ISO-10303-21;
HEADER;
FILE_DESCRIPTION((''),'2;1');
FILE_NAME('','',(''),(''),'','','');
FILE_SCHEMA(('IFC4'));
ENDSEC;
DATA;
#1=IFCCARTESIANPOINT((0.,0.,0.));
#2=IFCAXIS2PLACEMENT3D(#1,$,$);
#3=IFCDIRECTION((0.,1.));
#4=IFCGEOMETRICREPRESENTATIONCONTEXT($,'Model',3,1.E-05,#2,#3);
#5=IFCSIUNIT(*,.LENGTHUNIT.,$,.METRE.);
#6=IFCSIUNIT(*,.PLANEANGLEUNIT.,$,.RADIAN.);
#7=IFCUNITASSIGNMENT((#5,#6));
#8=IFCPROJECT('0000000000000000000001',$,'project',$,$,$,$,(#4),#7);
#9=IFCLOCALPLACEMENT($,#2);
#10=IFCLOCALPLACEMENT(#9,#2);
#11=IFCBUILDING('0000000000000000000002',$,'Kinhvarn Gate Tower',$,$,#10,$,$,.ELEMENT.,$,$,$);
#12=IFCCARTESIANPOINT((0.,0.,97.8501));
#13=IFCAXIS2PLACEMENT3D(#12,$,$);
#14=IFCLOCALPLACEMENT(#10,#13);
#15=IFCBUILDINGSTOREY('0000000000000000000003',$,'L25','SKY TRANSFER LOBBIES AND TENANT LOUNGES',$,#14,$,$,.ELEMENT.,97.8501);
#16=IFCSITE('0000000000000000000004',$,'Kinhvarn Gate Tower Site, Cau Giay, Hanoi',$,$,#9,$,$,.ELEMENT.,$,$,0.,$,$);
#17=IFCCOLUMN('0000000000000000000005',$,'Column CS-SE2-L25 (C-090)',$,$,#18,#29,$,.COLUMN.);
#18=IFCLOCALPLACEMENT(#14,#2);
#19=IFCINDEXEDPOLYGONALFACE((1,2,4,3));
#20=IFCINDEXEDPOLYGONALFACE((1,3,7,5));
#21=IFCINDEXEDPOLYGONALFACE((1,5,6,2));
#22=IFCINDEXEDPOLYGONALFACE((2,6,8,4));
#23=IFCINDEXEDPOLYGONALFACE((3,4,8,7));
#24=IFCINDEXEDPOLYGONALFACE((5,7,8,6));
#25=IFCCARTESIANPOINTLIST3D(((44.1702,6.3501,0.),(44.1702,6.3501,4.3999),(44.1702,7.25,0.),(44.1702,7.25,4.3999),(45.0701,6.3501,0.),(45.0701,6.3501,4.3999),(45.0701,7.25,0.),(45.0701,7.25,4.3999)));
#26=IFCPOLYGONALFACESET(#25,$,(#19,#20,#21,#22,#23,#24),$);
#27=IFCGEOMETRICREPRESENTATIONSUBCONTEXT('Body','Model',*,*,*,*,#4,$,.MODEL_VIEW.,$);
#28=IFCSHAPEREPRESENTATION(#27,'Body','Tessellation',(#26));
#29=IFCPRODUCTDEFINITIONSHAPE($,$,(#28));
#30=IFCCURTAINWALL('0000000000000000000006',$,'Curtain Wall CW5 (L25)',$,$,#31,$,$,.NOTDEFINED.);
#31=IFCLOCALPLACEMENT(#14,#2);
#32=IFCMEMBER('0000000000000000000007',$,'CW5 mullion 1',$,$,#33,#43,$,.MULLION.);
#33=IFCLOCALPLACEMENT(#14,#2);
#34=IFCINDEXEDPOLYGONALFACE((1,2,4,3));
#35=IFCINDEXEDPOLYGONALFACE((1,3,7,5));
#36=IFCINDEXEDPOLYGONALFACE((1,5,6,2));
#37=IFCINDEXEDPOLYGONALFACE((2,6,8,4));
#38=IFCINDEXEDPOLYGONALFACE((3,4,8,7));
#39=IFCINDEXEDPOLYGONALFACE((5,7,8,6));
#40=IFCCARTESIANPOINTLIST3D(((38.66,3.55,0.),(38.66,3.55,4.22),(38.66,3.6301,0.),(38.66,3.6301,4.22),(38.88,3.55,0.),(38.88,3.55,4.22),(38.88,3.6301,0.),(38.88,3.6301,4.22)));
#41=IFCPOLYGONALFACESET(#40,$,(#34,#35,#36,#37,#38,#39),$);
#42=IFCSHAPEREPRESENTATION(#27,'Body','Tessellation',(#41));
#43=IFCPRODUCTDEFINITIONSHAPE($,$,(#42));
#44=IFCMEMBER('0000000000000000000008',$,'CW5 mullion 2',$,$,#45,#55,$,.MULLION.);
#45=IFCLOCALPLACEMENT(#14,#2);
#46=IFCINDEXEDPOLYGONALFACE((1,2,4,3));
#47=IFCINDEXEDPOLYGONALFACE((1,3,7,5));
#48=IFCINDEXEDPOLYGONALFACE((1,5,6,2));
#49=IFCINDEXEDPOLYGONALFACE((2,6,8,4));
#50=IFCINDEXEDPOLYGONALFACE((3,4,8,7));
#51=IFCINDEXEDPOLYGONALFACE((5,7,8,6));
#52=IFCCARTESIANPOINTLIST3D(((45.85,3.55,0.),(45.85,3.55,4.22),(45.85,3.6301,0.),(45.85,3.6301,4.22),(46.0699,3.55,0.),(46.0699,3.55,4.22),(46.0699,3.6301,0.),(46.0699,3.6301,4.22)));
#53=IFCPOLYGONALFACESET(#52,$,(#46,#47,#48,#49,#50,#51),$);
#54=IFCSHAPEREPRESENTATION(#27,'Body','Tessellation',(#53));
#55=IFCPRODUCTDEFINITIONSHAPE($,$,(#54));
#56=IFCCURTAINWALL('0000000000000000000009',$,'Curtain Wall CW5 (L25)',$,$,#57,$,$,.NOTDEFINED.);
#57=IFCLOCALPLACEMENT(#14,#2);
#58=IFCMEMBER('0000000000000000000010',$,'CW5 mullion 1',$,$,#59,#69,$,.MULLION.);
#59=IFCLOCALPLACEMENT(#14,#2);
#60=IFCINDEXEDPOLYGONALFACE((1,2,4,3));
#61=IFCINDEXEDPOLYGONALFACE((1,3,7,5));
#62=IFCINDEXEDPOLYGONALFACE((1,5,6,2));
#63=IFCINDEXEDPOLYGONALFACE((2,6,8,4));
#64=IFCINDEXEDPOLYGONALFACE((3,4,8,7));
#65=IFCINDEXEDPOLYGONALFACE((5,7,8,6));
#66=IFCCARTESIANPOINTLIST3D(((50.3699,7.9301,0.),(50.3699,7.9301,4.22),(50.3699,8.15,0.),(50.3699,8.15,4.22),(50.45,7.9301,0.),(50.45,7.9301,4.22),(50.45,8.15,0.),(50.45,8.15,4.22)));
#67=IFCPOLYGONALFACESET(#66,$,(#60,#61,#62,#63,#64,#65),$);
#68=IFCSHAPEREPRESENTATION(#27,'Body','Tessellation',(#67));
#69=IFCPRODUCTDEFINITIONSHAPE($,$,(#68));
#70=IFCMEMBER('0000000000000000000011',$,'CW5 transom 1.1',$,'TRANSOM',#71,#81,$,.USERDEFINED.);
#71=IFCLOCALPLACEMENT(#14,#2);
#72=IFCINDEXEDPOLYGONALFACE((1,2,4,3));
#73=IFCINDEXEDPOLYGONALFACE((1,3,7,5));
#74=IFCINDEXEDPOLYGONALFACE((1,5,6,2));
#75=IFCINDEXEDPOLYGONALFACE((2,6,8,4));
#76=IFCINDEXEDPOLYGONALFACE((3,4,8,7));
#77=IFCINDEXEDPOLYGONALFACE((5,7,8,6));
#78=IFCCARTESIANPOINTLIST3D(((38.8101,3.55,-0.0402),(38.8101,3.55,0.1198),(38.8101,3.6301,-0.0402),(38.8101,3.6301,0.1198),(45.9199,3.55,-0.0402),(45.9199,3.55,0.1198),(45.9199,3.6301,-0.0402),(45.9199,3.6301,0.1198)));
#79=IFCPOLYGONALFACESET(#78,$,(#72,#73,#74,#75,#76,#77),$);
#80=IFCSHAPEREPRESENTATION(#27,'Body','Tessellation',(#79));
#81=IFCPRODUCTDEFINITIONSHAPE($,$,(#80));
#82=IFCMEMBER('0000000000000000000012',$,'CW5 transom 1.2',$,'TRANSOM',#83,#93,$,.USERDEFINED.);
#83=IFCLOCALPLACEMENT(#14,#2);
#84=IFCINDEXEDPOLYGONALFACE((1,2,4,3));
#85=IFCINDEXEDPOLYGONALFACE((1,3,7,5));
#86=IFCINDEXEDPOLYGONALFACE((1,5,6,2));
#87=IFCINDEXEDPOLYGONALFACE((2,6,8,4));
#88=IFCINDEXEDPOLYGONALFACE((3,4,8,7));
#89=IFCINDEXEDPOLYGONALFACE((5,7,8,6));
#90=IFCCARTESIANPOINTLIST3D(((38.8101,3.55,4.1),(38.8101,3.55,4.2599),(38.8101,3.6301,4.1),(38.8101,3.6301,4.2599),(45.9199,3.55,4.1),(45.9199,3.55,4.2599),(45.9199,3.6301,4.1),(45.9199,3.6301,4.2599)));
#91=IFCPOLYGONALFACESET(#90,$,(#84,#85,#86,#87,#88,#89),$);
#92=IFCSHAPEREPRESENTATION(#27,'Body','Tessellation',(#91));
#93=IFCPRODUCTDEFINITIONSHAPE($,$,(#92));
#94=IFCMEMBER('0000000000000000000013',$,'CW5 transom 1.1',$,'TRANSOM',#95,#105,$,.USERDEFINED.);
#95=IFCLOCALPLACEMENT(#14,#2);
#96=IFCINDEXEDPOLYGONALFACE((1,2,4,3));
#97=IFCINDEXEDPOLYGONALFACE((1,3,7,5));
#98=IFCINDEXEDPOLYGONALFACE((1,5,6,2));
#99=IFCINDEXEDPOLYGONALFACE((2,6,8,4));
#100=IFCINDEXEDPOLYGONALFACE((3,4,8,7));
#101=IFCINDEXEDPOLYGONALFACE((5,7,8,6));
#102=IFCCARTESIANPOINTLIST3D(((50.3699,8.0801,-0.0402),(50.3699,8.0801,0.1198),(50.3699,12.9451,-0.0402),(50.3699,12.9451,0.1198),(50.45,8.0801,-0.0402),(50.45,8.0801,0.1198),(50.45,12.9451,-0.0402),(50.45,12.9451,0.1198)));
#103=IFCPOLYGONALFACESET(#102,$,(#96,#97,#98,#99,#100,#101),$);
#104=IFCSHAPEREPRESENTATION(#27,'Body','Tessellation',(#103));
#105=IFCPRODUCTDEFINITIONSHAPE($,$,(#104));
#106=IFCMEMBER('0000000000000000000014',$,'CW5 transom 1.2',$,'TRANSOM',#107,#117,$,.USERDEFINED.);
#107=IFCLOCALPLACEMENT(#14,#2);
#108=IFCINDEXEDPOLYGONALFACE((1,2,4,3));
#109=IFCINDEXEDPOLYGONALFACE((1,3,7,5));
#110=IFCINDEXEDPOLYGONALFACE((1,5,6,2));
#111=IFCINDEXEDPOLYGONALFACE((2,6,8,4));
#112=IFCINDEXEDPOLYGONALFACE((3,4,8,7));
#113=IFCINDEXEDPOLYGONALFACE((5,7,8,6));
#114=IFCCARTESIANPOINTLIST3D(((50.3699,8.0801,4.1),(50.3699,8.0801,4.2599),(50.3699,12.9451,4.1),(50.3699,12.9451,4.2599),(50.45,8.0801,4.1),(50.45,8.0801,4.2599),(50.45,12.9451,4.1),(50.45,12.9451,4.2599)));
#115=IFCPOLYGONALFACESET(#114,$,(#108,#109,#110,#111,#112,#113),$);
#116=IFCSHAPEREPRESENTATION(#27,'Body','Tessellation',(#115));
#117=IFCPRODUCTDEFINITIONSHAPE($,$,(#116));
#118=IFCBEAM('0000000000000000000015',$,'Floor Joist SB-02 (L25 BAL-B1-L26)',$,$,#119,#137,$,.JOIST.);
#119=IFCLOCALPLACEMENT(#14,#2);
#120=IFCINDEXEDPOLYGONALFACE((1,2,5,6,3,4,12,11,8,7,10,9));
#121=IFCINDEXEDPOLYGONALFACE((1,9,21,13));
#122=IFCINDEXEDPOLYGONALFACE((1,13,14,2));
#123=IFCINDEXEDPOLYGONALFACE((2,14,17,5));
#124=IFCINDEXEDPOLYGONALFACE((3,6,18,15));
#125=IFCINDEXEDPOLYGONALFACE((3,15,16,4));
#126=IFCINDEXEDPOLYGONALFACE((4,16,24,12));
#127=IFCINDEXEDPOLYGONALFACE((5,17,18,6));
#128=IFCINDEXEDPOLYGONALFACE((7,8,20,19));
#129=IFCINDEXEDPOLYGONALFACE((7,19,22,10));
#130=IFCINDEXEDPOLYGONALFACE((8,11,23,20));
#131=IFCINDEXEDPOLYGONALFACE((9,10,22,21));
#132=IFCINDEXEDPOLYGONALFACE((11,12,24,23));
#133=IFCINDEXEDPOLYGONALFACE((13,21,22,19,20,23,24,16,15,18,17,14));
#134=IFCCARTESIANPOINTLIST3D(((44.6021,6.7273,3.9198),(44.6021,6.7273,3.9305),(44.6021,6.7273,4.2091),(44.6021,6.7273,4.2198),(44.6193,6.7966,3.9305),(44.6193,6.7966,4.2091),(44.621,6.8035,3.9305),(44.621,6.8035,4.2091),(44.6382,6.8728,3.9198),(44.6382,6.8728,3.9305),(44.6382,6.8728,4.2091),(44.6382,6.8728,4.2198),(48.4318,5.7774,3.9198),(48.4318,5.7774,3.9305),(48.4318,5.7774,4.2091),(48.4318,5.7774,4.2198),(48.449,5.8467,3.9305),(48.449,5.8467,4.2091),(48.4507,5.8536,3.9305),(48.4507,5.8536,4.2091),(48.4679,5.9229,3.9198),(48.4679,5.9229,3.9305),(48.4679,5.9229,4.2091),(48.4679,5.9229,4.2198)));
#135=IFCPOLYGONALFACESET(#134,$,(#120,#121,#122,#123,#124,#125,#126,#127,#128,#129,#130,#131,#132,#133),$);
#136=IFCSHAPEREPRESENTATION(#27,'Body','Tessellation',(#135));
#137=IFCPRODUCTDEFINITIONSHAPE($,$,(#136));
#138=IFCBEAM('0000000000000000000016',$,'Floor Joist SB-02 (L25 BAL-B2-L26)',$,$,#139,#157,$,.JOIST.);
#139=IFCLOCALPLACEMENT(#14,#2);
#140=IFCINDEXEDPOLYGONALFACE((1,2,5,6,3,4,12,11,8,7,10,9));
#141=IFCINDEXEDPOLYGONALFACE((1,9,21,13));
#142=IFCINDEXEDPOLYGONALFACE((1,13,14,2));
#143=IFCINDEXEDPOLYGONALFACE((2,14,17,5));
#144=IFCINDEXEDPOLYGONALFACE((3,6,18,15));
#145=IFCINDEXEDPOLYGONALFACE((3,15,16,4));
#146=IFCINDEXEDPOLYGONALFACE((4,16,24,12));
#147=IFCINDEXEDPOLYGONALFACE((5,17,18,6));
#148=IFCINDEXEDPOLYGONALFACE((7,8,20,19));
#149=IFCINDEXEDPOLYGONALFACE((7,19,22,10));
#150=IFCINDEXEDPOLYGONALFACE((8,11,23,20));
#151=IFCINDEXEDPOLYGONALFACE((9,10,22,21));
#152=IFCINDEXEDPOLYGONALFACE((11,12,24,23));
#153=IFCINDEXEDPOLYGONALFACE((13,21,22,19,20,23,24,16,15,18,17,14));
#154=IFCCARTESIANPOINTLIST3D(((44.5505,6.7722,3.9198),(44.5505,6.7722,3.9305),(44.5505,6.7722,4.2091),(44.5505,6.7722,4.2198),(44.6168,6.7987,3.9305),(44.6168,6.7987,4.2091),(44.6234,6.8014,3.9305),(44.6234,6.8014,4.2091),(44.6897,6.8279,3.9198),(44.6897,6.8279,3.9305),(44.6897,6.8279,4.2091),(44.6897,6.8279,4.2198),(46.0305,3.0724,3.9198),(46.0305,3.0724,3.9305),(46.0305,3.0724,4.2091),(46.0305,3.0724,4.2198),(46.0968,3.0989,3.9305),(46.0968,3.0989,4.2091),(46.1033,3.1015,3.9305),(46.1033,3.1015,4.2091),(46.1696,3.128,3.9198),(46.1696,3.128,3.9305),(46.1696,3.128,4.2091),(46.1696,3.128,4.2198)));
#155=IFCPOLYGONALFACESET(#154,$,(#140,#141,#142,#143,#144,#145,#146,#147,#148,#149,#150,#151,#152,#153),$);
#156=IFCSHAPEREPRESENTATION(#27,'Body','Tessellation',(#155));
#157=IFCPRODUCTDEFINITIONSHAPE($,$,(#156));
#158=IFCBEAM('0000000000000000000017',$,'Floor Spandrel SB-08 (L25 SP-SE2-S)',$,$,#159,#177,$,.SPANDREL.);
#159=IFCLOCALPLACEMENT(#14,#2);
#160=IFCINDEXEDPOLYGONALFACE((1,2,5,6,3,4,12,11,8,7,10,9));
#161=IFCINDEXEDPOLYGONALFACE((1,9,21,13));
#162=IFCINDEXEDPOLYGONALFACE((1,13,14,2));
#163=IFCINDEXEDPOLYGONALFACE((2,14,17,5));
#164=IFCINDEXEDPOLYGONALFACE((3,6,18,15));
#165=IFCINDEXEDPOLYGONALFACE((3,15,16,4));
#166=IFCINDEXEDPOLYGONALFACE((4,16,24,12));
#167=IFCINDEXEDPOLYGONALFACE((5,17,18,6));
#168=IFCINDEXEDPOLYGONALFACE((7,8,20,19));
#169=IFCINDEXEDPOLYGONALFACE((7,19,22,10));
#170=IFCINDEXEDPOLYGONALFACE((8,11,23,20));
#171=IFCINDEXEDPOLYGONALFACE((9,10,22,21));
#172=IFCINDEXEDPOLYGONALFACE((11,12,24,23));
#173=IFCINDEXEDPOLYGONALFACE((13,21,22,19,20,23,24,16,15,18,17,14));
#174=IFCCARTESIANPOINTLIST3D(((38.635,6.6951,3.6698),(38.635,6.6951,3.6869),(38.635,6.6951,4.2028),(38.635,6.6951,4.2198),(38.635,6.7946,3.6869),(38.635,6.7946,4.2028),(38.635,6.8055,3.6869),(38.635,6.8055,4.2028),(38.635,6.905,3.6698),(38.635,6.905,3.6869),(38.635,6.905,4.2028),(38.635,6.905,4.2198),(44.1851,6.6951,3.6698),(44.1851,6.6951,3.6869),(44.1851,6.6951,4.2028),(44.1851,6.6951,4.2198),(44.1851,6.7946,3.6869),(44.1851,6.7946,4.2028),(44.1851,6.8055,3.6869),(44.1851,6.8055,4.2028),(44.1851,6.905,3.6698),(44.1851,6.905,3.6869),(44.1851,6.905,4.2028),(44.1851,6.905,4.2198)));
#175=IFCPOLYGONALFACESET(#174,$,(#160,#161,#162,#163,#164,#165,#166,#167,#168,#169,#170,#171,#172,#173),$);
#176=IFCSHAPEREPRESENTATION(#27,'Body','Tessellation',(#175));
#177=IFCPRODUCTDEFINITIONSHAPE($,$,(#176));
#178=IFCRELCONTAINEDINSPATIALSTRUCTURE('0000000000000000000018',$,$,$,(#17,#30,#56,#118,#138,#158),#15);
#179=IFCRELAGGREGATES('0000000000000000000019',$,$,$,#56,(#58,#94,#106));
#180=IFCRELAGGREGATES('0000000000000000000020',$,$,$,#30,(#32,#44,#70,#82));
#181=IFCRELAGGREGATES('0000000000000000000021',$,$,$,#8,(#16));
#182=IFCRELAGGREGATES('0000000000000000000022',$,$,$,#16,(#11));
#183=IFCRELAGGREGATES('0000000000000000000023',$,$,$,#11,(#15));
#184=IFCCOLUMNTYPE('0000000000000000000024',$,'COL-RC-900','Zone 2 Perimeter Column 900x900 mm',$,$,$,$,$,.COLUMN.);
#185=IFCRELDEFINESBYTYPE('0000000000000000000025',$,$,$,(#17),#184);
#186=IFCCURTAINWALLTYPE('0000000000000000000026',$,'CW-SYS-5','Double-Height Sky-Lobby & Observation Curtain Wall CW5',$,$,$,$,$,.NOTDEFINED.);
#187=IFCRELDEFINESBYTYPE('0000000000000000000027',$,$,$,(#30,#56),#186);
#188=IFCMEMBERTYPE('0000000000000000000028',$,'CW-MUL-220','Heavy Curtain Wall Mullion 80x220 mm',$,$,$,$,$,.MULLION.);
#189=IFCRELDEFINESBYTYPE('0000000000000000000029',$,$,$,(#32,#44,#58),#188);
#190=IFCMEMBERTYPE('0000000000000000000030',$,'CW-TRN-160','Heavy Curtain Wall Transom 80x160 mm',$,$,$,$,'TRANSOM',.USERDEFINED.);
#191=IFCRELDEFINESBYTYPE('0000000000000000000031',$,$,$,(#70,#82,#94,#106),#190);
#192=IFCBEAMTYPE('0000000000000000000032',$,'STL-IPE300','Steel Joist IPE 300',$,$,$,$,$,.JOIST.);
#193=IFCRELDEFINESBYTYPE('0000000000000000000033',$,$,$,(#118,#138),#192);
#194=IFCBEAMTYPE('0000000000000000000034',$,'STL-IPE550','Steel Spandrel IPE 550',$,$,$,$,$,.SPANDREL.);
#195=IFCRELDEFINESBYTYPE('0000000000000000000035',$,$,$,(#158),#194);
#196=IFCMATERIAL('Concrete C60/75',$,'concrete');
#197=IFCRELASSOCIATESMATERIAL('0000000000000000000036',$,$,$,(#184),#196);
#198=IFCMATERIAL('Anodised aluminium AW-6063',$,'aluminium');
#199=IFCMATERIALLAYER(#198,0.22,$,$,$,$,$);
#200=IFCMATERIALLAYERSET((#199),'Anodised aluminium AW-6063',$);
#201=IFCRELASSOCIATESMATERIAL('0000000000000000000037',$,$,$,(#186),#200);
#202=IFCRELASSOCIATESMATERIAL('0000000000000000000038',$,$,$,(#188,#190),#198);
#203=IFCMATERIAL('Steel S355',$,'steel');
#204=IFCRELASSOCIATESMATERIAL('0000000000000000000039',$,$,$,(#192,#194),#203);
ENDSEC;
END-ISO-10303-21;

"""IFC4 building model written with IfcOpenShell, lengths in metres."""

from ifc_helpers import new_model, si_unit, direction, frame, origin, origin_2d, place, context, subcontext, project, spatial, rectangle, i_section, extrude, material, layer, layer_set, material_profile, profile_set, type_object, element, aggregate, save


model = new_model("IFC4")

# Units and contexts
model_context = context("Model", 3, precision=1e-05, world=origin(), true_north=direction((0.0, 1.0)))
body_context = subcontext(model_context, "Body", "Model", "MODEL_VIEW")
ifc_project = project(units=[si_unit("LENGTHUNIT", "METRE"), si_unit("PLANEANGLEUNIT", "RADIAN")], contexts=[model_context])

# Site, building, storey
site_placement = place(None, origin())
site = spatial("IfcSite", under=ifc_project, at=site_placement, Name="Kinhvarn Gate Tower Site, Cau Giay, Hanoi", CompositionType="ELEMENT", RefElevation=0.0)
building_placement = place(site_placement, origin())
building = spatial("IfcBuilding", under=site, at=building_placement, Name="Kinhvarn Gate Tower", CompositionType="ELEMENT")
storey_placement = place(building_placement, frame((0.0, 0.0, 97.8501)))
storey = spatial("IfcBuildingStorey", under=building, at=storey_placement, Name="L25", Description="SKY TRANSFER LOBBIES AND TENANT LOUNGES", CompositionType="ELEMENT", Elevation=97.8501)

# Column
ifc_material_1 = material(Name="Concrete C60/75", Category="concrete")
ifc_material_profile_1 = material_profile(ifc_material_1, rectangle(XDim=0.8999, YDim=0.8999, at=origin_2d()), Name="RC 900x900")
ifc_profile_set_1 = profile_set([ifc_material_profile_1], Name="Concrete C60/75")
column_type = type_object("IfcColumnType", Name="COL-RC-900", Description="Zone 2 Perimeter Column 900x900 mm", PredefinedType="COLUMN", material=ifc_profile_set_1)
column_placement = place(storey_placement, frame((44.6201, 6.8, 0.0), z_axis=(0.0, 0.0, 1.0), x_axis=(1.0, 0.0, 0.0)))
element("IfcColumn", 1, at=column_placement, inside=storey, type_object=column_type, Name="Column CS-SE2-L25 (C-090)", PredefinedType="COLUMN", context=body_context, shape_type="SweptSolid", body=[
    extrude(rectangle(XDim=0.8999, YDim=0.8999, at=origin_2d()), origin(), (0.0, 0.0, 1.0), 4.3999),
])

# Curtain wall, members
ifc_material_2 = material(Name="Anodised aluminium AW-6063", Category="aluminium")
ifc_layer_1 = layer(ifc_material_2, 0.22)
ifc_layer_set_1 = layer_set([ifc_layer_1], Name="Anodised aluminium AW-6063")
curtain_wall_type = type_object("IfcCurtainWallType", Name="CW-SYS-5", Description="Double-Height Sky-Lobby & Observation Curtain Wall CW5", PredefinedType="NOTDEFINED", material=ifc_layer_set_1)
curtain_wall_1_placement = place(storey_placement, origin())
curtain_wall_1 = element("IfcCurtainWall", 2, at=curtain_wall_1_placement, inside=storey, type_object=curtain_wall_type, Name="Curtain Wall CW5 (L25)", PredefinedType="NOTDEFINED")
ifc_material_profile_2 = material_profile(ifc_material_2, rectangle(XDim=0.0801, YDim=0.22, at=origin_2d()), Name="ALU 80x220")
ifc_profile_set_2 = profile_set([ifc_material_profile_2], Name="Anodised aluminium AW-6063")
member_type_1 = type_object("IfcMemberType", Name="CW-MUL-220", Description="Heavy Curtain Wall Mullion 80x220 mm", PredefinedType="MULLION", material=ifc_profile_set_2)
member_1_placement = place(storey_placement, frame((38.77, 3.5901, 0.0), z_axis=(0.0, 0.0, 1.0), x_axis=(0.0, 1.0, 0.0)))
member_1 = element("IfcMember", 3, at=member_1_placement, type_object=member_type_1, Name="CW5 mullion 1", PredefinedType="MULLION", context=body_context, shape_type="SweptSolid", body=[
    extrude(rectangle(XDim=0.0801, YDim=0.22, at=origin_2d()), origin(), (0.0, 0.0, 1.0), 4.22),
])
member_2_placement = place(storey_placement, frame((45.96, 3.5901, 0.0), z_axis=(0.0, 0.0, 1.0), x_axis=(0.0, 1.0, 0.0)))
member_2 = element("IfcMember", 4, at=member_2_placement, type_object=member_type_1, Name="CW5 mullion 2", PredefinedType="MULLION", context=body_context, shape_type="SweptSolid", body=[
    extrude(rectangle(XDim=0.0801, YDim=0.22, at=origin_2d()), origin(), (0.0, 0.0, 1.0), 4.22),
])

# Curtain wall, member
curtain_wall_2_placement = place(storey_placement, origin())
curtain_wall_2 = element("IfcCurtainWall", 5, at=curtain_wall_2_placement, inside=storey, type_object=curtain_wall_type, Name="Curtain Wall CW5 (L25)", PredefinedType="NOTDEFINED")
member_3_placement = place(storey_placement, frame((50.4099, 8.04, 0.0), z_axis=(0.0, 0.0, 1.0), x_axis=(-1.0, 0.0, 0.0)))
member_3 = element("IfcMember", 6, at=member_3_placement, type_object=member_type_1, Name="CW5 mullion 1", PredefinedType="MULLION", context=body_context, shape_type="SweptSolid", body=[
    extrude(rectangle(XDim=0.0801, YDim=0.22, at=origin_2d()), origin(), (0.0, 0.0, 1.0), 4.22),
])

# Members
ifc_material_profile_3 = material_profile(ifc_material_2, rectangle(XDim=0.0801, YDim=0.1599, at=origin_2d()), Name="ALU 80x160")
ifc_profile_set_3 = profile_set([ifc_material_profile_3], Name="Anodised aluminium AW-6063")
member_type_2 = type_object("IfcMemberType", Name="CW-TRN-160", Description="Heavy Curtain Wall Transom 80x160 mm", ElementType="TRANSOM", PredefinedType="USERDEFINED", material=ifc_profile_set_3)
member_4_placement = place(storey_placement, frame((38.8101, 3.5901, 0.0398), z_axis=(1.0, 0.0, 0.0), x_axis=(0.0, 1.0, 0.0)))
member_4 = element("IfcMember", 7, at=member_4_placement, type_object=member_type_2, Name="CW5 transom 1.1", ObjectType="TRANSOM", PredefinedType="USERDEFINED", context=body_context, shape_type="SweptSolid", body=[
    extrude(rectangle(XDim=0.0801, YDim=0.1599, at=origin_2d()), origin(), (0.0, 0.0, 1.0), 7.1099),
])
member_5_placement = place(storey_placement, frame((38.8101, 3.5901, 4.1799), z_axis=(1.0, 0.0, 0.0), x_axis=(0.0, 1.0, 0.0)))
member_5 = element("IfcMember", 8, at=member_5_placement, type_object=member_type_2, Name="CW5 transom 1.2", ObjectType="TRANSOM", PredefinedType="USERDEFINED", context=body_context, shape_type="SweptSolid", body=[
    extrude(rectangle(XDim=0.0801, YDim=0.1599, at=origin_2d()), origin(), (0.0, 0.0, 1.0), 7.1099),
])
member_6_placement = place(storey_placement, frame((50.4099, 8.0801, 0.0398), z_axis=(0.0, 1.0, 0.0), x_axis=(-1.0, 0.0, 0.0)))
member_6 = element("IfcMember", 9, at=member_6_placement, type_object=member_type_2, Name="CW5 transom 1.1", ObjectType="TRANSOM", PredefinedType="USERDEFINED", context=body_context, shape_type="SweptSolid", body=[
    extrude(rectangle(XDim=0.0801, YDim=0.1599, at=origin_2d()), origin(), (0.0, 0.0, 1.0), 4.865),
])
member_7_placement = place(storey_placement, frame((50.4099, 8.0801, 4.1799), z_axis=(0.0, 1.0, 0.0), x_axis=(-1.0, 0.0, 0.0)))
member_7 = element("IfcMember", 10, at=member_7_placement, type_object=member_type_2, Name="CW5 transom 1.2", ObjectType="TRANSOM", PredefinedType="USERDEFINED", context=body_context, shape_type="SweptSolid", body=[
    extrude(rectangle(XDim=0.0801, YDim=0.1599, at=origin_2d()), origin(), (0.0, 0.0, 1.0), 4.865),
])
aggregate(curtain_wall_2, [member_3, member_6, member_7])

# Beams
ifc_material_3 = material(Name="Steel S355", Category="steel")
ifc_material_profile_4 = material_profile(ifc_material_3, i_section(OverallWidth=0.1499, OverallDepth=0.3, WebThickness=0.0071, FlangeThickness=0.0107, at=origin_2d()), Name="IPE 300")
ifc_profile_set_4 = profile_set([ifc_material_profile_4], Name="Steel S355")
beam_type_1 = type_object("IfcBeamType", Name="STL-IPE300", Description="Steel Joist IPE 300", PredefinedType="JOIST", material=ifc_profile_set_4)
beam_1_placement = place(storey_placement, frame((44.6201, 6.8, 4.0698), z_axis=(0.970589, -0.240745, 0.0), x_axis=(0.240745, 0.970589, 0.0)))
element("IfcBeam", 11, at=beam_1_placement, inside=storey, type_object=beam_type_1, Name="Floor Joist SB-02 (L25 BAL-B1-L26)", PredefinedType="JOIST", context=body_context, shape_type="SweptSolid", body=[
    extrude(i_section(OverallWidth=0.1499, OverallDepth=0.3, WebThickness=0.0071, FlangeThickness=0.0107, at=origin_2d()), origin(), (0.0, 0.0, 1.0), 3.9458),
])
beam_2_placement = place(storey_placement, frame((44.6201, 6.8, 4.0698), z_axis=(0.371391, -0.928477, 0.0), x_axis=(0.928477, 0.371391, 0.0)))
element("IfcBeam", 12, at=beam_2_placement, inside=storey, type_object=beam_type_1, Name="Floor Joist SB-02 (L25 BAL-B2-L26)", PredefinedType="JOIST", context=body_context, shape_type="SweptSolid", body=[
    extrude(i_section(OverallWidth=0.1499, OverallDepth=0.3, WebThickness=0.0071, FlangeThickness=0.0107, at=origin_2d()), origin(), (0.0, 0.0, 1.0), 3.9849),
])
ifc_material_profile_5 = material_profile(ifc_material_3, i_section(OverallWidth=0.21, OverallDepth=0.55, WebThickness=0.011, FlangeThickness=0.0171, at=origin_2d()), Name="IPE 550")
ifc_profile_set_5 = profile_set([ifc_material_profile_5], Name="Steel S355")
beam_type_2 = type_object("IfcBeamType", Name="STL-IPE550", Description="Steel Spandrel IPE 550", PredefinedType="SPANDREL", material=ifc_profile_set_5)
beam_3_placement = place(storey_placement, frame((38.635, 6.8, 3.9448), z_axis=(1.0, 0.0, 0.0), x_axis=(0.0, 1.0, 0.0)))
element("IfcBeam", 13, at=beam_3_placement, inside=storey, type_object=beam_type_2, Name="Floor Spandrel SB-08 (L25 SP-SE2-S)", PredefinedType="SPANDREL", context=body_context, shape_type="SweptSolid", body=[
    extrude(i_section(OverallWidth=0.21, OverallDepth=0.55, WebThickness=0.011, FlangeThickness=0.0171, at=origin_2d()), origin(), (0.0, 0.0, 1.0), 5.55),
])

aggregate(curtain_wall_1, [member_1, member_2, member_4, member_5])

save(model, "model.ifc")
